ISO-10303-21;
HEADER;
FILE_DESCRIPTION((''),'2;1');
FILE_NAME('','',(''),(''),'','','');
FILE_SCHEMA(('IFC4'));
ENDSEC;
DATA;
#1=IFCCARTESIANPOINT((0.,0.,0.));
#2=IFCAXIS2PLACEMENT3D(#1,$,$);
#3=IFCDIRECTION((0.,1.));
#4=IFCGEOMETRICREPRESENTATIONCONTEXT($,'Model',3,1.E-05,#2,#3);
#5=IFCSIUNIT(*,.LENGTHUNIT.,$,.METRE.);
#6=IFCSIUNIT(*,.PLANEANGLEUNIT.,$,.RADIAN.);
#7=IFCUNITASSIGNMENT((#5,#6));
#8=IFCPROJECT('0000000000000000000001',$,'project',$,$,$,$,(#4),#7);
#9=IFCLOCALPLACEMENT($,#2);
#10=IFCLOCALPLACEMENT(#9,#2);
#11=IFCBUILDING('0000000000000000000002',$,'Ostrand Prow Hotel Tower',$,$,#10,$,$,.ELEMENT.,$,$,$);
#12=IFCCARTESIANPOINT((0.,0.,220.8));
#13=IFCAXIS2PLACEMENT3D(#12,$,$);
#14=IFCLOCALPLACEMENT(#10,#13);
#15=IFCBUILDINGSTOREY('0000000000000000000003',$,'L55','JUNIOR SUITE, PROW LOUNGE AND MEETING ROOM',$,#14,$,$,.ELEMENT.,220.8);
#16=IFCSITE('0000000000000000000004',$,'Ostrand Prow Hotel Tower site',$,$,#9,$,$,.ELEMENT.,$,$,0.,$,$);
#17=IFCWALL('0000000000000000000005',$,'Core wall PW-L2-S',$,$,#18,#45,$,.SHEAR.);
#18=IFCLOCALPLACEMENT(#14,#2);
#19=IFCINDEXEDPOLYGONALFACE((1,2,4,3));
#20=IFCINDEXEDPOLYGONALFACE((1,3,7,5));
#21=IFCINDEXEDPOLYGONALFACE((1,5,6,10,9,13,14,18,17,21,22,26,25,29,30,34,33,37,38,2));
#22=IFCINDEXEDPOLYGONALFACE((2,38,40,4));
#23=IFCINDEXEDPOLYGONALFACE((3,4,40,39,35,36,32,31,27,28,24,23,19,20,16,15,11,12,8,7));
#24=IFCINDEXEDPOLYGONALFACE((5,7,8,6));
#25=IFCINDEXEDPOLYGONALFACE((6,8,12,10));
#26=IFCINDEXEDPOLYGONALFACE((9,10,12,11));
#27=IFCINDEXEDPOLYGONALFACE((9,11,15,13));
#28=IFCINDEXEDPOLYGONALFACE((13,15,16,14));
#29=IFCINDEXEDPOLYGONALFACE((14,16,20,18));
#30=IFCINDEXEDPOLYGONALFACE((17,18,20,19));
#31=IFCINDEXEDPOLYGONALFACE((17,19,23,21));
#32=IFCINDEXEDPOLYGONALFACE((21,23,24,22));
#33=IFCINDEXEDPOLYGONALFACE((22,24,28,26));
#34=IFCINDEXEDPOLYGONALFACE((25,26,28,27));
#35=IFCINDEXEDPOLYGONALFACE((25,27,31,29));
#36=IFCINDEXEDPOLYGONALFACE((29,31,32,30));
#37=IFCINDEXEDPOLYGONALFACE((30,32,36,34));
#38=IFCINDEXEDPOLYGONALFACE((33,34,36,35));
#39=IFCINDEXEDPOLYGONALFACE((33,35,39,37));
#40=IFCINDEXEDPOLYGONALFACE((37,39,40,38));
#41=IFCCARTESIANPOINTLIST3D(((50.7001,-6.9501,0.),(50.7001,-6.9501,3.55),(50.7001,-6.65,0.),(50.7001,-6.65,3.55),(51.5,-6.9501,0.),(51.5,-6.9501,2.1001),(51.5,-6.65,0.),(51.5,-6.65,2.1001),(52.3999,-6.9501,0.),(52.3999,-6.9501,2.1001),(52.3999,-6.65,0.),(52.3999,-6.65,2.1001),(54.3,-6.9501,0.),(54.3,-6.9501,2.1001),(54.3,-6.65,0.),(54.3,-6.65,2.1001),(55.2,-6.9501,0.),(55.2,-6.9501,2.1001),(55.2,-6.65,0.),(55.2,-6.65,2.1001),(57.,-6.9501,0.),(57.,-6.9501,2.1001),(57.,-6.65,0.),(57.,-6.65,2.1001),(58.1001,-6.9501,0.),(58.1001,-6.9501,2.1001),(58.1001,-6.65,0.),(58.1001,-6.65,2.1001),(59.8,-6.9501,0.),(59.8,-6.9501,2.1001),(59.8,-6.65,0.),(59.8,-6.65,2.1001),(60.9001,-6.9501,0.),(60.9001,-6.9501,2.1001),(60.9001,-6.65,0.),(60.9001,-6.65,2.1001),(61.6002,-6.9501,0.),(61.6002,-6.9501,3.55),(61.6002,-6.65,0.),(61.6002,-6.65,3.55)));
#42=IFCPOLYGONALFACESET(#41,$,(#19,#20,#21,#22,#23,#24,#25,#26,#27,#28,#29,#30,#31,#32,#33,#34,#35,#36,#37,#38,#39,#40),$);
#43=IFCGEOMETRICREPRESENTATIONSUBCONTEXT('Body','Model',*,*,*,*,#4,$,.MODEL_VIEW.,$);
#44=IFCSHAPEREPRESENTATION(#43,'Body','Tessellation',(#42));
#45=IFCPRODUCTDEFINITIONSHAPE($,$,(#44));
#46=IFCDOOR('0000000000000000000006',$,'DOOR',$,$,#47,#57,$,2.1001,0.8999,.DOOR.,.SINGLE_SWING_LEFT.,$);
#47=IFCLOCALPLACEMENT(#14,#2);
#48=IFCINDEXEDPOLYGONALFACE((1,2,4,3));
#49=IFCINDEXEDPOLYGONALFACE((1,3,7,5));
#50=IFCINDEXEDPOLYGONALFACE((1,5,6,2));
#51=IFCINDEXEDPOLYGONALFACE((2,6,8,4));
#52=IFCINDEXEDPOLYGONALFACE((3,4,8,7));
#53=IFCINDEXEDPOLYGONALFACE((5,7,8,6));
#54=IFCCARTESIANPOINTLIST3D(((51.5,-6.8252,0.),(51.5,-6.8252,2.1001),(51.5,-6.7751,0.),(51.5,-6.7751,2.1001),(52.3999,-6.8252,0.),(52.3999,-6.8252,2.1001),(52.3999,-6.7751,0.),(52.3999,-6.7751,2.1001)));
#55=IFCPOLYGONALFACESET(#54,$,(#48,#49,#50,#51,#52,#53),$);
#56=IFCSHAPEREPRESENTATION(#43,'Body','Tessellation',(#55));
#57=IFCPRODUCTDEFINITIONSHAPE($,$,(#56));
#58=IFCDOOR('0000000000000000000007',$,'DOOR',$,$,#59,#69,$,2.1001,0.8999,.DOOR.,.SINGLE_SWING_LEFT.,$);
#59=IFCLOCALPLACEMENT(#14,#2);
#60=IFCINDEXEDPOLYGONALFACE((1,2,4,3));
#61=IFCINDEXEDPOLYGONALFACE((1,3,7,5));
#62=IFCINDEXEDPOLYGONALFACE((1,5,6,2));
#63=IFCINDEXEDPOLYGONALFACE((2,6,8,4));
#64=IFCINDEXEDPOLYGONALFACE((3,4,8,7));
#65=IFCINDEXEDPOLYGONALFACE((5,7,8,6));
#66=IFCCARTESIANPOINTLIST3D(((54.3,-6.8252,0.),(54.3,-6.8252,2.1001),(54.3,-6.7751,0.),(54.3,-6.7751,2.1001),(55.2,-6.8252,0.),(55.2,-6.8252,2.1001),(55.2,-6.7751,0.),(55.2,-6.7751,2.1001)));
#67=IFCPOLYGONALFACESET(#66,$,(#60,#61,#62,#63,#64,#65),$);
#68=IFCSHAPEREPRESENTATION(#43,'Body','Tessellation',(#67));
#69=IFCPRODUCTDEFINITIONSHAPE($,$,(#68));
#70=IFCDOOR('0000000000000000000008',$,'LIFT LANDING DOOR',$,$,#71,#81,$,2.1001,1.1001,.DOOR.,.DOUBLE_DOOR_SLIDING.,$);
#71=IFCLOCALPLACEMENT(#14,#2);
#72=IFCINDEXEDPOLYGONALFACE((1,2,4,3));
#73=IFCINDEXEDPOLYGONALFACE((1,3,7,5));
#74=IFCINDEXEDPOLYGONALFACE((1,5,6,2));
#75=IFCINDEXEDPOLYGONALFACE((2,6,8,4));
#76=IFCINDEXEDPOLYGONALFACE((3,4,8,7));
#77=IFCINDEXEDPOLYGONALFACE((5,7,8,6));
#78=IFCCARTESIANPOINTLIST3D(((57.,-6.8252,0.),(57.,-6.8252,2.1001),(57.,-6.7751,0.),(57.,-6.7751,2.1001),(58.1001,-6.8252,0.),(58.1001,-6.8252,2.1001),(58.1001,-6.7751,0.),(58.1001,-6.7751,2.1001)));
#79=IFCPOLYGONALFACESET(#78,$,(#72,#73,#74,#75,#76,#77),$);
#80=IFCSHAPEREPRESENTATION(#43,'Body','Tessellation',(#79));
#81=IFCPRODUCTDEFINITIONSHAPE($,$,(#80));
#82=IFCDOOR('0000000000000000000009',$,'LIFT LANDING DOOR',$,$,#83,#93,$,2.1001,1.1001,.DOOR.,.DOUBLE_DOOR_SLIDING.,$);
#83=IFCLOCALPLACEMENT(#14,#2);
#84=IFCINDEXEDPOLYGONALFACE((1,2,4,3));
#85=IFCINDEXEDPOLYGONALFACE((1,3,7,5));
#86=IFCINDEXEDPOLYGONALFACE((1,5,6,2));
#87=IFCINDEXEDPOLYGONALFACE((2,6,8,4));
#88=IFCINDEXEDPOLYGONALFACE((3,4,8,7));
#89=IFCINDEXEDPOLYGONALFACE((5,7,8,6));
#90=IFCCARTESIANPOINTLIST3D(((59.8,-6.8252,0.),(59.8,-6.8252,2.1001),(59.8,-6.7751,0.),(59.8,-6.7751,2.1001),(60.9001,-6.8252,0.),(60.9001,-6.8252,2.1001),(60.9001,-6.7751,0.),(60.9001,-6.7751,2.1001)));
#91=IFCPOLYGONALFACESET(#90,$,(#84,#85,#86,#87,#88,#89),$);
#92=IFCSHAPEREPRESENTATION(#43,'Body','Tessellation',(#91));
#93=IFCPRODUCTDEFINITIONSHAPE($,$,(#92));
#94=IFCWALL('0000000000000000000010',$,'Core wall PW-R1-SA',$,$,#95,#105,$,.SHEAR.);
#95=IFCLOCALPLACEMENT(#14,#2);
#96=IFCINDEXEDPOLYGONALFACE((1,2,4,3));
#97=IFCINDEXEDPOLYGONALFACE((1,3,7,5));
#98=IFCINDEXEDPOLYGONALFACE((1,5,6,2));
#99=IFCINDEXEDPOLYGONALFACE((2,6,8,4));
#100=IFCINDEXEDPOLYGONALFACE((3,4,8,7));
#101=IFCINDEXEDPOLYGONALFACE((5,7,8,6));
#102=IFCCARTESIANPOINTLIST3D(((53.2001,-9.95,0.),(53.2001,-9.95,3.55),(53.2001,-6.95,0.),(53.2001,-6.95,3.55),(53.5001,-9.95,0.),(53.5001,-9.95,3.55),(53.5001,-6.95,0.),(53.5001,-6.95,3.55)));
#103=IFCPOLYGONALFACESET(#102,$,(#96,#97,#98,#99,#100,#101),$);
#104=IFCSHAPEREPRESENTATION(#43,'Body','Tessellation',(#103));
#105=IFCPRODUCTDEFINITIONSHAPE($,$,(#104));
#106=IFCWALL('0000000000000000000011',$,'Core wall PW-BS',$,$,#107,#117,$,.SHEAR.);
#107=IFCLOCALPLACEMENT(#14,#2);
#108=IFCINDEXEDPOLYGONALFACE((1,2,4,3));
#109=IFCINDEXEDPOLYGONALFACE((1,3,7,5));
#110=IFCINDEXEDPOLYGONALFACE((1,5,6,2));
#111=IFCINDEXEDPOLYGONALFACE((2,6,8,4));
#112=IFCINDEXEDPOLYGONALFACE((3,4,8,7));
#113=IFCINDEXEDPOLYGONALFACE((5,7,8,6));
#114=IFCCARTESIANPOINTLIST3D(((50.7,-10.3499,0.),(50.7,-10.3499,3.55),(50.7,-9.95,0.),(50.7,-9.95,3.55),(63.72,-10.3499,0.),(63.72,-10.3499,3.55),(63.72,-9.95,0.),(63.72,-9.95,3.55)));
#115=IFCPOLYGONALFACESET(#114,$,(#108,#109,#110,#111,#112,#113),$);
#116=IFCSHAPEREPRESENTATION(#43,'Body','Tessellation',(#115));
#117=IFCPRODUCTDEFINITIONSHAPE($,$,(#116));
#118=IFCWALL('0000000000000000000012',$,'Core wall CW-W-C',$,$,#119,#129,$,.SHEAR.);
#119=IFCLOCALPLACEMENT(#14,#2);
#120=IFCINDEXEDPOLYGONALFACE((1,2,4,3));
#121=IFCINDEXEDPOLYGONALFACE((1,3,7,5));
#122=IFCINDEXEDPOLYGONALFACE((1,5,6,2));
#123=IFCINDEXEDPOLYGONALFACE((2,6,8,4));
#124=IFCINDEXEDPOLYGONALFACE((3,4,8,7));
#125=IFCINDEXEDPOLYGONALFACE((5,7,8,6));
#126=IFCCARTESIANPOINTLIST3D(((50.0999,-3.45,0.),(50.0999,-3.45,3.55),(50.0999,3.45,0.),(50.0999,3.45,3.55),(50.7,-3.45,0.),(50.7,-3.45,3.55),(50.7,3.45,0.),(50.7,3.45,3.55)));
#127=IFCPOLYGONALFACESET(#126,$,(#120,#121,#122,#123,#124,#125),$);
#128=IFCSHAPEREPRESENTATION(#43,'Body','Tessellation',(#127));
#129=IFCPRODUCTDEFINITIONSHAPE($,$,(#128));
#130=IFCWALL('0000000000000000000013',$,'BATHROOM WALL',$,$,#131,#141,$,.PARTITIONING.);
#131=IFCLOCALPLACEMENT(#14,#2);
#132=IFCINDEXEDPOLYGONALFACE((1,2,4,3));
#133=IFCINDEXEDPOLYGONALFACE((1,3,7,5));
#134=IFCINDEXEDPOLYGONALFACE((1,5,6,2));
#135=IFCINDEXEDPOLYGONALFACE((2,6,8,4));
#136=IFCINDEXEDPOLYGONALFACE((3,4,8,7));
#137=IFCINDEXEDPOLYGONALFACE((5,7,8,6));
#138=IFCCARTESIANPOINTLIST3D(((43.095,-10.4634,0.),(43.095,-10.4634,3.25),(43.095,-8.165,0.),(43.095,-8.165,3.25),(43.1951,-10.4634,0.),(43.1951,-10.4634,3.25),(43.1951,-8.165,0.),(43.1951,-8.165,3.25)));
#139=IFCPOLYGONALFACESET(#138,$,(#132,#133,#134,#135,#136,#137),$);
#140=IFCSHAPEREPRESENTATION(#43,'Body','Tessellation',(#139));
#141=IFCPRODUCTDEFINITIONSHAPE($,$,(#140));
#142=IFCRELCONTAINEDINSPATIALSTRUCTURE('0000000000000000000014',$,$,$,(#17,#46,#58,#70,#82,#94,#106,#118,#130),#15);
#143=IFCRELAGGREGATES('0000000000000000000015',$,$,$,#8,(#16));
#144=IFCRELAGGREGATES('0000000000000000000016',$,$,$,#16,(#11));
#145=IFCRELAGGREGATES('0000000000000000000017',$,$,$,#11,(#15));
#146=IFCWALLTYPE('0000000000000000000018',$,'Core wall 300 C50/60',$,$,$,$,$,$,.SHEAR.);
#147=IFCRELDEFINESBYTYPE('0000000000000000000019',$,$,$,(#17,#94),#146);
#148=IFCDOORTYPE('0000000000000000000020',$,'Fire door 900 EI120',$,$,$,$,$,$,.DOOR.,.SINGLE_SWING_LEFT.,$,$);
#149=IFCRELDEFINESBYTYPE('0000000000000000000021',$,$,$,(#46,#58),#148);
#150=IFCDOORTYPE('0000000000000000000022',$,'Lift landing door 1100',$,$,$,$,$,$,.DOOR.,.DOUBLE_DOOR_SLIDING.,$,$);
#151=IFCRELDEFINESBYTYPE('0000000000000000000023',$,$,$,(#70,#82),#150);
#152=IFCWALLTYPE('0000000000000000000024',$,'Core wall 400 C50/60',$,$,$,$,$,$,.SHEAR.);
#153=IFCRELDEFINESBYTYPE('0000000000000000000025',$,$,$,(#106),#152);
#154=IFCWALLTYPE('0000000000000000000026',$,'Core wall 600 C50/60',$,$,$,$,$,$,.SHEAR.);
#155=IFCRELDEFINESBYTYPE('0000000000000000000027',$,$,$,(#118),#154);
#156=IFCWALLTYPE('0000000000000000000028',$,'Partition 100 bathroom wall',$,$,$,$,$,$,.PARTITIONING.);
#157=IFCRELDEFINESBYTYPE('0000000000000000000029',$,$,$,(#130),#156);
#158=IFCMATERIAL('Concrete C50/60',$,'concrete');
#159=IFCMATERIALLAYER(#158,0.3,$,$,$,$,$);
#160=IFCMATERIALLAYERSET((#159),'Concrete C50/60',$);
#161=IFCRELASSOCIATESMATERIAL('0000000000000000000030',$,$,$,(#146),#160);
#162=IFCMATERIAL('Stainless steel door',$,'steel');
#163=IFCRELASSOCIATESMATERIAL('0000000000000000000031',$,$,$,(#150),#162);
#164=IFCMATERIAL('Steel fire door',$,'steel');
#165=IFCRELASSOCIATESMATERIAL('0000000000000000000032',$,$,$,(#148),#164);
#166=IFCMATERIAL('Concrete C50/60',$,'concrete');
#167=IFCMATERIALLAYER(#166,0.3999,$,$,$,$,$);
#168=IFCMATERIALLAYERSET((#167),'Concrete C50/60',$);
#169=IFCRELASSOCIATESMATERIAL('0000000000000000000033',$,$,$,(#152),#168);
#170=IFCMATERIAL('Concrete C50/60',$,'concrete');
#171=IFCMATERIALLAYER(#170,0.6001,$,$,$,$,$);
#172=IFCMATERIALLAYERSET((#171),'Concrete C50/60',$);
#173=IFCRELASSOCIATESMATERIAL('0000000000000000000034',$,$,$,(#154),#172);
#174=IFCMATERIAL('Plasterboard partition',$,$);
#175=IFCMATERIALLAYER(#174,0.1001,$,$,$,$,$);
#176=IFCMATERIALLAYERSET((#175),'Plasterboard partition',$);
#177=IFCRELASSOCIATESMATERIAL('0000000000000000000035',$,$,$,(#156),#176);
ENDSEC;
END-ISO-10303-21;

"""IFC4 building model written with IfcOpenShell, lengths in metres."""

from ifc_helpers import new_model, si_unit, direction, frame, frame_2d, origin, place, context, subcontext, project, spatial, rectangle, extrude, material, layer, layer_set, type_object, element, fill, save


model = new_model("IFC4")

# Units and contexts
model_context = context("Model", 3, precision=1e-05, world=origin(), true_north=direction((0.0, 1.0)))
body_context = subcontext(model_context, "Body", "Model", "MODEL_VIEW")
ifc_project = project(units=[si_unit("LENGTHUNIT", "METRE"), si_unit("PLANEANGLEUNIT", "RADIAN")], contexts=[model_context])

# Site, building, storey
site_placement = place(None, origin())
site = spatial("IfcSite", under=ifc_project, at=site_placement, Name="Ostrand Prow Hotel Tower site", CompositionType="ELEMENT", RefElevation=0.0)
building_placement = place(site_placement, origin())
building = spatial("IfcBuilding", under=site, at=building_placement, Name="Ostrand Prow Hotel Tower", CompositionType="ELEMENT")
storey_placement = place(building_placement, frame((0.0, 0.0, 220.8)))
storey = spatial("IfcBuildingStorey", under=building, at=storey_placement, Name="L55", Description="JUNIOR SUITE, PROW LOUNGE AND MEETING ROOM", CompositionType="ELEMENT", Elevation=220.8)

# Shared definitions
ifc_material_1 = material(Name="Concrete C50/60", Category="concrete")
ifc_layer_1 = layer(ifc_material_1, 0.3)
ifc_layer_set_1 = layer_set([ifc_layer_1], Name="Concrete C50/60")
wall_type_1 = type_object("IfcWallType", Name="Core wall 300 C50/60", PredefinedType="SHEAR", material=ifc_layer_set_1)

# Shared definitions
ifc_material_2 = material(Name="Stainless steel door", Category="steel")
door_type_1 = type_object("IfcDoorType", Name="Lift landing door 1100", OperationType="DOUBLE_DOOR_SLIDING", PredefinedType="DOOR", material=ifc_material_2)

# Wall, openings, doors
wall_1_placement = place(storey_placement, frame((50.7, -6.8, 0.0), z_axis=(0.0, 0.0, 1.0), x_axis=(1.0, 0.0, 0.0)))
wall_1 = element("IfcWall", 1, at=wall_1_placement, inside=storey, type_object=wall_type_1, Name="Core wall PW-L2-S", PredefinedType="SHEAR", context=body_context, shape_type="SweptSolid", body=[
    extrude(rectangle(XDim=10.9001, YDim=0.3, at=frame_2d((5.4502, 0.0))), origin(), (0.0, 0.0, 1.0), 3.55),
])
opening_1_placement = place(wall_1_placement, frame((6.3, 0.0, 0.0)))
opening_1 = element("IfcOpeningElement", 2, at=opening_1_placement, cuts=wall_1, PredefinedType="OPENING", context=body_context, shape_type="SweptSolid", body=[
    extrude(rectangle(XDim=1.1001, YDim=2.1001, at=frame_2d((0.55, 1.05))), frame((0.0, 0.1599, 0.0), z_axis=(0.0, -1.0, 0.0), x_axis=(1.0, 0.0, 0.0)), (0.0, 0.0, 1.0), 0.3201),
])
opening_2_placement = place(wall_1_placement, frame((9.1001, 0.0, 0.0)))
opening_2 = element("IfcOpeningElement", 3, at=opening_2_placement, cuts=wall_1, PredefinedType="OPENING", context=body_context, shape_type="SweptSolid", body=[
    extrude(rectangle(XDim=1.1001, YDim=2.1001, at=frame_2d((0.55, 1.05))), frame((0.0, 0.1599, 0.0), z_axis=(0.0, -1.0, 0.0), x_axis=(1.0, 0.0, 0.0)), (0.0, 0.0, 1.0), 0.3201),
])
opening_3_placement = place(wall_1_placement, frame((0.8, 0.0, 0.0)))
opening_3 = element("IfcOpeningElement", 4, at=opening_3_placement, cuts=wall_1, PredefinedType="OPENING", context=body_context, shape_type="SweptSolid", body=[
    extrude(rectangle(XDim=0.8999, YDim=2.1001, at=frame_2d((0.45, 1.05))), frame((0.0, 0.1599, 0.0), z_axis=(0.0, -1.0, 0.0), x_axis=(1.0, 0.0, 0.0)), (0.0, 0.0, 1.0), 0.3201),
])
opening_4_placement = place(wall_1_placement, frame((3.6001, 0.0, 0.0)))
opening_4 = element("IfcOpeningElement", 5, at=opening_4_placement, cuts=wall_1, PredefinedType="OPENING", context=body_context, shape_type="SweptSolid", body=[
    extrude(rectangle(XDim=0.8999, YDim=2.1001, at=frame_2d((0.45, 1.05))), frame((0.0, 0.1599, 0.0), z_axis=(0.0, -1.0, 0.0), x_axis=(1.0, 0.0, 0.0)), (0.0, 0.0, 1.0), 0.3201),
])
ifc_material_3 = material(Name="Steel fire door", Category="steel")
door_type_2 = type_object("IfcDoorType", Name="Fire door 900 EI120", OperationType="SINGLE_SWING_LEFT", PredefinedType="DOOR", material=ifc_material_3)
door_1_placement = place(opening_3_placement, origin())
door_1 = element("IfcDoor", 6, at=door_1_placement, inside=storey, type_object=door_type_2, Name="DOOR", OperationType="SINGLE_SWING_LEFT", OverallHeight=2.1001, OverallWidth=0.8999, PredefinedType="DOOR", context=body_context, shape_type="SweptSolid", body=[
    extrude(rectangle(XDim=0.8999, YDim=2.1001, at=frame_2d((0.45, 1.05))), frame((0.0, 0.0249, 0.0), z_axis=(0.0, -1.0, 0.0), x_axis=(1.0, 0.0, 0.0)), (0.0, 0.0, 1.0), 0.05),
])
fill(opening_3, door_1)
door_2_placement = place(opening_4_placement, origin())
door_2 = element("IfcDoor", 7, at=door_2_placement, inside=storey, type_object=door_type_2, Name="DOOR", OperationType="SINGLE_SWING_LEFT", OverallHeight=2.1001, OverallWidth=0.8999, PredefinedType="DOOR", context=body_context, shape_type="SweptSolid", body=[
    extrude(rectangle(XDim=0.8999, YDim=2.1001, at=frame_2d((0.45, 1.05))), frame((0.0, 0.0249, 0.0), z_axis=(0.0, -1.0, 0.0), x_axis=(1.0, 0.0, 0.0)), (0.0, 0.0, 1.0), 0.05),
])
fill(opening_4, door_2)
door_3_placement = place(opening_1_placement, origin())
door_3 = element("IfcDoor", 8, at=door_3_placement, inside=storey, type_object=door_type_1, Name="LIFT LANDING DOOR", OperationType="DOUBLE_DOOR_SLIDING", OverallHeight=2.1001, OverallWidth=1.1001, PredefinedType="DOOR", context=body_context, shape_type="SweptSolid", body=[
    extrude(rectangle(XDim=1.1001, YDim=2.1001, at=frame_2d((0.55, 1.05))), frame((0.0, 0.0249, 0.0), z_axis=(0.0, -1.0, 0.0), x_axis=(1.0, 0.0, 0.0)), (0.0, 0.0, 1.0), 0.05),
])
fill(opening_1, door_3)
door_4_placement = place(opening_2_placement, origin())
door_4 = element("IfcDoor", 9, at=door_4_placement, inside=storey, type_object=door_type_1, Name="LIFT LANDING DOOR", OperationType="DOUBLE_DOOR_SLIDING", OverallHeight=2.1001, OverallWidth=1.1001, PredefinedType="DOOR", context=body_context, shape_type="SweptSolid", body=[
    extrude(rectangle(XDim=1.1001, YDim=2.1001, at=frame_2d((0.55, 1.05))), frame((0.0, 0.0249, 0.0), z_axis=(0.0, -1.0, 0.0), x_axis=(1.0, 0.0, 0.0)), (0.0, 0.0, 1.0), 0.05),
])
fill(opening_2, door_4)

# Walls
wall_2_placement = place(storey_placement, frame((53.3501, -9.95, 0.0), z_axis=(0.0, 0.0, 1.0), x_axis=(0.0, 1.0, 0.0)))
element("IfcWall", 10, at=wall_2_placement, inside=storey, type_object=wall_type_1, Name="Core wall PW-R1-SA", PredefinedType="SHEAR", context=body_context, shape_type="SweptSolid", body=[
    extrude(rectangle(XDim=3.0, YDim=0.3, at=frame_2d((1.5, 0.0))), origin(), (0.0, 0.0, 1.0), 3.55),
])
ifc_material_4 = material(Name="Concrete C50/60", Category="concrete")
ifc_layer_2 = layer(ifc_material_4, 0.3999)
ifc_layer_set_2 = layer_set([ifc_layer_2], Name="Concrete C50/60")
wall_type_2 = type_object("IfcWallType", Name="Core wall 400 C50/60", PredefinedType="SHEAR", material=ifc_layer_set_2)
wall_3_placement = place(storey_placement, frame((50.7, -10.1499, 0.0), z_axis=(0.0, 0.0, 1.0), x_axis=(1.0, 0.0, 0.0)))
element("IfcWall", 11, at=wall_3_placement, inside=storey, type_object=wall_type_2, Name="Core wall PW-BS", PredefinedType="SHEAR", context=body_context, shape_type="SweptSolid", body=[
    extrude(rectangle(XDim=13.02, YDim=0.3999, at=frame_2d((6.51, 0.0))), origin(), (0.0, 0.0, 1.0), 3.55),
])
ifc_material_5 = material(Name="Concrete C50/60", Category="concrete")
ifc_layer_3 = layer(ifc_material_5, 0.6001)
ifc_layer_set_3 = layer_set([ifc_layer_3], Name="Concrete C50/60")
wall_type_3 = type_object("IfcWallType", Name="Core wall 600 C50/60", PredefinedType="SHEAR", material=ifc_layer_set_3)
wall_4_placement = place(storey_placement, frame((50.3999, -3.45, 0.0), z_axis=(0.0, 0.0, 1.0), x_axis=(0.0, 1.0, 0.0)))
element("IfcWall", 12, at=wall_4_placement, inside=storey, type_object=wall_type_3, Name="Core wall CW-W-C", PredefinedType="SHEAR", context=body_context, shape_type="SweptSolid", body=[
    extrude(rectangle(XDim=6.8999, YDim=0.6001, at=frame_2d((3.45, 0.0))), origin(), (0.0, 0.0, 1.0), 3.55),
])
ifc_material_6 = material(Name="Plasterboard partition")
ifc_layer_4 = layer(ifc_material_6, 0.1001)
ifc_layer_set_4 = layer_set([ifc_layer_4], Name="Plasterboard partition")
wall_type_4 = type_object("IfcWallType", Name="Partition 100 bathroom wall", PredefinedType="PARTITIONING", material=ifc_layer_set_4)
wall_5_placement = place(storey_placement, frame((43.145, -8.165, 0.0), z_axis=(0.0, 0.0, 1.0), x_axis=(0.0, -1.0, 0.0)))
element("IfcWall", 13, at=wall_5_placement, inside=storey, type_object=wall_type_4, Name="BATHROOM WALL", PredefinedType="PARTITIONING", context=body_context, shape_type="SweptSolid", body=[
    extrude(rectangle(XDim=2.2983, YDim=0.1001, at=frame_2d((1.1492, 0.0))), origin(), (0.0, 0.0, 1.0), 3.25),
])

save(model, "model.ifc")
